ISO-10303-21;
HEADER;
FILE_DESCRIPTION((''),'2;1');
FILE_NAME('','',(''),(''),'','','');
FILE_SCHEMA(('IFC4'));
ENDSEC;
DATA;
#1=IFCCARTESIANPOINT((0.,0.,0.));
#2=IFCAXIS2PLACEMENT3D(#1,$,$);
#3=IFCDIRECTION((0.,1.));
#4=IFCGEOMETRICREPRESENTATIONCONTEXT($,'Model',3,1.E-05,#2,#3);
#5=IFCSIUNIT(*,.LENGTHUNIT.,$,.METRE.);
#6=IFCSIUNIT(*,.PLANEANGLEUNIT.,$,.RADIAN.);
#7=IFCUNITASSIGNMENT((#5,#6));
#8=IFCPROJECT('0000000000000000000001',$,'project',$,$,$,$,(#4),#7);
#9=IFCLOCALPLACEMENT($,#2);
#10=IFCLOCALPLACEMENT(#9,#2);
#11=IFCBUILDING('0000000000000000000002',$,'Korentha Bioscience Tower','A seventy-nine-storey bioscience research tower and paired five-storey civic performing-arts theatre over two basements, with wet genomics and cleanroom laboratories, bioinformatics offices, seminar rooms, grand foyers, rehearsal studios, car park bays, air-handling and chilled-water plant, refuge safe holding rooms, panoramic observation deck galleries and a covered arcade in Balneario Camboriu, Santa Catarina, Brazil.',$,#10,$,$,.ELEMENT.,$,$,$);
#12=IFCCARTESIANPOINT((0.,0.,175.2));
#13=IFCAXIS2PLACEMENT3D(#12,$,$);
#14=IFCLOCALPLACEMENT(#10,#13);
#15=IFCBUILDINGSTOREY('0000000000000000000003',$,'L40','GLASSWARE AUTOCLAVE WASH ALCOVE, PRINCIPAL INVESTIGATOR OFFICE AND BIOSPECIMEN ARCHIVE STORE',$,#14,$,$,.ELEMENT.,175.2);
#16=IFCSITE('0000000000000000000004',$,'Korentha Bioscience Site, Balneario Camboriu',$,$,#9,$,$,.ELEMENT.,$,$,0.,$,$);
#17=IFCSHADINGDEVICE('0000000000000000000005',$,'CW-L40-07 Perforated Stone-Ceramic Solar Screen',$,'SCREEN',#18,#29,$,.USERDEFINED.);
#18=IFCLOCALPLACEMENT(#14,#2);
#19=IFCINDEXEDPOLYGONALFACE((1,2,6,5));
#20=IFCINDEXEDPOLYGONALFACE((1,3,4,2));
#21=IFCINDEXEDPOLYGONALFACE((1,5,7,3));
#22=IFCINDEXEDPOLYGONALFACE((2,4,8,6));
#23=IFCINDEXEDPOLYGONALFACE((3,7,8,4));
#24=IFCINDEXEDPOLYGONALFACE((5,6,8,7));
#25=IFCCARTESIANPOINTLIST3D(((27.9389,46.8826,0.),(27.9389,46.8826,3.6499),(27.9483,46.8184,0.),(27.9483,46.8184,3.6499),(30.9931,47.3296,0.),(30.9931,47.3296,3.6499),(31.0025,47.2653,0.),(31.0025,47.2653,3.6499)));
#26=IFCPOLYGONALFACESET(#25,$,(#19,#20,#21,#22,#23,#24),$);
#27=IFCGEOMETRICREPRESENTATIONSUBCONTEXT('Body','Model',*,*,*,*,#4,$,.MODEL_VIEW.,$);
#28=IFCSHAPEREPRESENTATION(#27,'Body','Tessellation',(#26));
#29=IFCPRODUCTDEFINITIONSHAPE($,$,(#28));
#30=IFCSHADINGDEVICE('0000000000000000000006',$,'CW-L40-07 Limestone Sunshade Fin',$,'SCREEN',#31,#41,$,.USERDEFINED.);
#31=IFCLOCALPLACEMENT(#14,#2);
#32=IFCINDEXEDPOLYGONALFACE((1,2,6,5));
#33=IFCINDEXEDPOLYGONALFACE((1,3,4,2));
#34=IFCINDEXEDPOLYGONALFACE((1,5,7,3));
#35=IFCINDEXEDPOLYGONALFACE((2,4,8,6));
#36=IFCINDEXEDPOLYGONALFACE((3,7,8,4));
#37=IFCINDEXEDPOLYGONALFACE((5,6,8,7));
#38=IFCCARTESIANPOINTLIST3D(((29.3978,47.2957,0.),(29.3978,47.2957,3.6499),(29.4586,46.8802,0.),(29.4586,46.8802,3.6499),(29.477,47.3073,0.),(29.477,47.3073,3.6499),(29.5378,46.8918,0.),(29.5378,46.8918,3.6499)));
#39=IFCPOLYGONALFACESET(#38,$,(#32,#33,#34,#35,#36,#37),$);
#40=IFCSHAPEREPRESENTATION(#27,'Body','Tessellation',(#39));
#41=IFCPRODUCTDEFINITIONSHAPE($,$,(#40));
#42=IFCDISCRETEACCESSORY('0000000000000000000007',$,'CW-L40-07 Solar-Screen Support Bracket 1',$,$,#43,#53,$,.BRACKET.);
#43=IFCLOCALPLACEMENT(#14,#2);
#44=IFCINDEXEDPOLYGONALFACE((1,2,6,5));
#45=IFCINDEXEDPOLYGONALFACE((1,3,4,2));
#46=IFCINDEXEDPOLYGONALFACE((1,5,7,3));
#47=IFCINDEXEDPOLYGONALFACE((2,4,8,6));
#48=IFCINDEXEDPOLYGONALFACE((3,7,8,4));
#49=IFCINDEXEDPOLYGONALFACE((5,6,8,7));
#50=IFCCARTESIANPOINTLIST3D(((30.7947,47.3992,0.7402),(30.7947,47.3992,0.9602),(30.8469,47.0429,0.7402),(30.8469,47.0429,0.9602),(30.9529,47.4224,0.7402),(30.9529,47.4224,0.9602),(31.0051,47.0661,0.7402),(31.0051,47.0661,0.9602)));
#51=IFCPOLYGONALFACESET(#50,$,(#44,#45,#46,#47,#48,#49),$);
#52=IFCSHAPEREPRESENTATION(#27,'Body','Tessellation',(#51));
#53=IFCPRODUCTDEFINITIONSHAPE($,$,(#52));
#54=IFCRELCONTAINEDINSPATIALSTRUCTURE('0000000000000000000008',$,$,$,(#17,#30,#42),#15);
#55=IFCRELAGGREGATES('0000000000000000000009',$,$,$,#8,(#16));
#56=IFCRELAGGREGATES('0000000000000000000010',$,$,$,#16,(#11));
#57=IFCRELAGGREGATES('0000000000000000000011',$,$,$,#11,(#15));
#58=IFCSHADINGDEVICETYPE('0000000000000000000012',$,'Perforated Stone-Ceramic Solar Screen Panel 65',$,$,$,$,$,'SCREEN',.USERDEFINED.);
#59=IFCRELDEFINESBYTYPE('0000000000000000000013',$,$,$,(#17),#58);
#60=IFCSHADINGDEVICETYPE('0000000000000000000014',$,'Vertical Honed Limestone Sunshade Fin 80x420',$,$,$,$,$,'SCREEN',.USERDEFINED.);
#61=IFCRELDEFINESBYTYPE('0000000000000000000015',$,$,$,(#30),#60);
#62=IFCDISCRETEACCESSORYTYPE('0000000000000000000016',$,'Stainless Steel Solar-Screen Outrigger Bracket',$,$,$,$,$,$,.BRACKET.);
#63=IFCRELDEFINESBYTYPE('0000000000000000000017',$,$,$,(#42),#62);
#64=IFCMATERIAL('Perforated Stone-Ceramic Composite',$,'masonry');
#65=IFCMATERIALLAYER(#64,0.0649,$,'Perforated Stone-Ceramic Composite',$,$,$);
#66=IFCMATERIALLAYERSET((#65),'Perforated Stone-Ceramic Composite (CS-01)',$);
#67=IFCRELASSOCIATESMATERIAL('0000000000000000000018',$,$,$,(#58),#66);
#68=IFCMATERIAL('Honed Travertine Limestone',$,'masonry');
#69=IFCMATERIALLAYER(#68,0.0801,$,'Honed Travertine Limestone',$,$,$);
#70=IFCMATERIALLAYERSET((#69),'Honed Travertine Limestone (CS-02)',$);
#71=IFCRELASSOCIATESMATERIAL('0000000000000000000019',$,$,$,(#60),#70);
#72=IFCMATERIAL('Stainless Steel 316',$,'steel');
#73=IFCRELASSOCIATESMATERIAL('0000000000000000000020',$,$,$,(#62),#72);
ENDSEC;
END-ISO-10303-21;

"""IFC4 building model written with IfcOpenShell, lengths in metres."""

from ifc_helpers import new_model, si_unit, direction, frame, origin, origin_2d, place, context, subcontext, project, spatial, rectangle, extrude, material, layer, layer_set, type_object, element, save


model = new_model("IFC4")

# Units and contexts
model_context = context("Model", 3, precision=1e-05, world=origin(), true_north=direction((0.0, 1.0)))
body_context = subcontext(model_context, "Body", "Model", "MODEL_VIEW")
ifc_project = project(units=[si_unit("LENGTHUNIT", "METRE"), si_unit("PLANEANGLEUNIT", "RADIAN")], contexts=[model_context])

# Site, building, storey
site_placement = place(None, origin())
site = spatial("IfcSite", under=ifc_project, at=site_placement, Name="Korentha Bioscience Site, Balneario Camboriu", CompositionType="ELEMENT", RefElevation=0.0)
building_placement = place(site_placement, origin())
building = spatial("IfcBuilding", under=site, at=building_placement, Name="Korentha Bioscience Tower", Description="A seventy-nine-storey bioscience research tower and paired five-storey civic performing-arts theatre over two basements, with wet genomics and cleanroom laboratories, bioinformatics offices, seminar rooms, grand foyers, rehearsal studios, car park bays, air-handling and chilled-water plant, refuge safe holding rooms, panoramic observation deck galleries and a covered arcade in Balneario Camboriu, Santa Catarina, Brazil.", CompositionType="ELEMENT")
storey_placement = place(building_placement, frame((0.0, 0.0, 175.2)))
storey = spatial("IfcBuildingStorey", under=building, at=storey_placement, Name="L40", Description="GLASSWARE AUTOCLAVE WASH ALCOVE, PRINCIPAL INVESTIGATOR OFFICE AND BIOSPECIMEN ARCHIVE STORE", CompositionType="ELEMENT", Elevation=175.2)

# Shading devices
ifc_material_1 = material(Name="Perforated Stone-Ceramic Composite", Category="masonry")
ifc_layer_1 = layer(ifc_material_1, 0.0649, Name="Perforated Stone-Ceramic Composite")
ifc_layer_set_1 = layer_set([ifc_layer_1], Name="Perforated Stone-Ceramic Composite (CS-01)")
shading_device_type_1 = type_object("IfcShadingDeviceType", Name="Perforated Stone-Ceramic Solar Screen Panel 65", ElementType="SCREEN", PredefinedType="USERDEFINED", material=ifc_layer_set_1)
shading_device_1_placement = place(storey_placement, frame((29.4707, 47.074, 0.0), z_axis=(0.0, 0.0, 1.0), x_axis=(-0.989462, -0.144793, 0.0)))
element("IfcShadingDevice", 1, at=shading_device_1_placement, inside=storey, type_object=shading_device_type_1, Name="CW-L40-07 Perforated Stone-Ceramic Solar Screen", ObjectType="SCREEN", PredefinedType="USERDEFINED", context=body_context, shape_type="SweptSolid", body=[
    extrude(rectangle(XDim=3.0867, YDim=0.0649, at=origin_2d()), origin(), (0.0, 0.0, 1.0), 3.6499),
])
ifc_material_2 = material(Name="Honed Travertine Limestone", Category="masonry")
ifc_layer_2 = layer(ifc_material_2, 0.0801, Name="Honed Travertine Limestone")
ifc_layer_set_2 = layer_set([ifc_layer_2], Name="Honed Travertine Limestone (CS-02)")
shading_device_type_2 = type_object("IfcShadingDeviceType", Name="Vertical Honed Limestone Sunshade Fin 80x420", ElementType="SCREEN", PredefinedType="USERDEFINED", material=ifc_layer_set_2)
shading_device_2_placement = place(storey_placement, frame((29.4678, 47.0938, 0.0), z_axis=(0.0, 0.0, 1.0), x_axis=(-0.989462, -0.144793, 0.0)))
element("IfcShadingDevice", 2, at=shading_device_2_placement, inside=storey, type_object=shading_device_type_2, Name="CW-L40-07 Limestone Sunshade Fin", ObjectType="SCREEN", PredefinedType="USERDEFINED", context=body_context, shape_type="SweptSolid", body=[
    extrude(rectangle(XDim=0.0801, YDim=0.4199, at=origin_2d()), origin(), (0.0, 0.0, 1.0), 3.6499),
])

# Discrete accessory
ifc_material_3 = material(Name="Stainless Steel 316", Category="steel")
discrete_accessory_type = type_object("IfcDiscreteAccessoryType", Name="Stainless Steel Solar-Screen Outrigger Bracket", PredefinedType="BRACKET", material=ifc_material_3)
discrete_accessory_placement = place(storey_placement, frame((30.8999, 47.2327, 0.7402), z_axis=(0.0, 0.0, 1.0), x_axis=(-0.989462, -0.144793, 0.0)))
element("IfcDiscreteAccessory", 3, at=discrete_accessory_placement, inside=storey, type_object=discrete_accessory_type, Name="CW-L40-07 Solar-Screen Support Bracket 1", PredefinedType="BRACKET", context=body_context, shape_type="SweptSolid", body=[
    extrude(rectangle(XDim=0.1599, YDim=0.3601, at=origin_2d()), origin(), (0.0, 0.0, 1.0), 0.22),
])

save(model, "model.ifc")
